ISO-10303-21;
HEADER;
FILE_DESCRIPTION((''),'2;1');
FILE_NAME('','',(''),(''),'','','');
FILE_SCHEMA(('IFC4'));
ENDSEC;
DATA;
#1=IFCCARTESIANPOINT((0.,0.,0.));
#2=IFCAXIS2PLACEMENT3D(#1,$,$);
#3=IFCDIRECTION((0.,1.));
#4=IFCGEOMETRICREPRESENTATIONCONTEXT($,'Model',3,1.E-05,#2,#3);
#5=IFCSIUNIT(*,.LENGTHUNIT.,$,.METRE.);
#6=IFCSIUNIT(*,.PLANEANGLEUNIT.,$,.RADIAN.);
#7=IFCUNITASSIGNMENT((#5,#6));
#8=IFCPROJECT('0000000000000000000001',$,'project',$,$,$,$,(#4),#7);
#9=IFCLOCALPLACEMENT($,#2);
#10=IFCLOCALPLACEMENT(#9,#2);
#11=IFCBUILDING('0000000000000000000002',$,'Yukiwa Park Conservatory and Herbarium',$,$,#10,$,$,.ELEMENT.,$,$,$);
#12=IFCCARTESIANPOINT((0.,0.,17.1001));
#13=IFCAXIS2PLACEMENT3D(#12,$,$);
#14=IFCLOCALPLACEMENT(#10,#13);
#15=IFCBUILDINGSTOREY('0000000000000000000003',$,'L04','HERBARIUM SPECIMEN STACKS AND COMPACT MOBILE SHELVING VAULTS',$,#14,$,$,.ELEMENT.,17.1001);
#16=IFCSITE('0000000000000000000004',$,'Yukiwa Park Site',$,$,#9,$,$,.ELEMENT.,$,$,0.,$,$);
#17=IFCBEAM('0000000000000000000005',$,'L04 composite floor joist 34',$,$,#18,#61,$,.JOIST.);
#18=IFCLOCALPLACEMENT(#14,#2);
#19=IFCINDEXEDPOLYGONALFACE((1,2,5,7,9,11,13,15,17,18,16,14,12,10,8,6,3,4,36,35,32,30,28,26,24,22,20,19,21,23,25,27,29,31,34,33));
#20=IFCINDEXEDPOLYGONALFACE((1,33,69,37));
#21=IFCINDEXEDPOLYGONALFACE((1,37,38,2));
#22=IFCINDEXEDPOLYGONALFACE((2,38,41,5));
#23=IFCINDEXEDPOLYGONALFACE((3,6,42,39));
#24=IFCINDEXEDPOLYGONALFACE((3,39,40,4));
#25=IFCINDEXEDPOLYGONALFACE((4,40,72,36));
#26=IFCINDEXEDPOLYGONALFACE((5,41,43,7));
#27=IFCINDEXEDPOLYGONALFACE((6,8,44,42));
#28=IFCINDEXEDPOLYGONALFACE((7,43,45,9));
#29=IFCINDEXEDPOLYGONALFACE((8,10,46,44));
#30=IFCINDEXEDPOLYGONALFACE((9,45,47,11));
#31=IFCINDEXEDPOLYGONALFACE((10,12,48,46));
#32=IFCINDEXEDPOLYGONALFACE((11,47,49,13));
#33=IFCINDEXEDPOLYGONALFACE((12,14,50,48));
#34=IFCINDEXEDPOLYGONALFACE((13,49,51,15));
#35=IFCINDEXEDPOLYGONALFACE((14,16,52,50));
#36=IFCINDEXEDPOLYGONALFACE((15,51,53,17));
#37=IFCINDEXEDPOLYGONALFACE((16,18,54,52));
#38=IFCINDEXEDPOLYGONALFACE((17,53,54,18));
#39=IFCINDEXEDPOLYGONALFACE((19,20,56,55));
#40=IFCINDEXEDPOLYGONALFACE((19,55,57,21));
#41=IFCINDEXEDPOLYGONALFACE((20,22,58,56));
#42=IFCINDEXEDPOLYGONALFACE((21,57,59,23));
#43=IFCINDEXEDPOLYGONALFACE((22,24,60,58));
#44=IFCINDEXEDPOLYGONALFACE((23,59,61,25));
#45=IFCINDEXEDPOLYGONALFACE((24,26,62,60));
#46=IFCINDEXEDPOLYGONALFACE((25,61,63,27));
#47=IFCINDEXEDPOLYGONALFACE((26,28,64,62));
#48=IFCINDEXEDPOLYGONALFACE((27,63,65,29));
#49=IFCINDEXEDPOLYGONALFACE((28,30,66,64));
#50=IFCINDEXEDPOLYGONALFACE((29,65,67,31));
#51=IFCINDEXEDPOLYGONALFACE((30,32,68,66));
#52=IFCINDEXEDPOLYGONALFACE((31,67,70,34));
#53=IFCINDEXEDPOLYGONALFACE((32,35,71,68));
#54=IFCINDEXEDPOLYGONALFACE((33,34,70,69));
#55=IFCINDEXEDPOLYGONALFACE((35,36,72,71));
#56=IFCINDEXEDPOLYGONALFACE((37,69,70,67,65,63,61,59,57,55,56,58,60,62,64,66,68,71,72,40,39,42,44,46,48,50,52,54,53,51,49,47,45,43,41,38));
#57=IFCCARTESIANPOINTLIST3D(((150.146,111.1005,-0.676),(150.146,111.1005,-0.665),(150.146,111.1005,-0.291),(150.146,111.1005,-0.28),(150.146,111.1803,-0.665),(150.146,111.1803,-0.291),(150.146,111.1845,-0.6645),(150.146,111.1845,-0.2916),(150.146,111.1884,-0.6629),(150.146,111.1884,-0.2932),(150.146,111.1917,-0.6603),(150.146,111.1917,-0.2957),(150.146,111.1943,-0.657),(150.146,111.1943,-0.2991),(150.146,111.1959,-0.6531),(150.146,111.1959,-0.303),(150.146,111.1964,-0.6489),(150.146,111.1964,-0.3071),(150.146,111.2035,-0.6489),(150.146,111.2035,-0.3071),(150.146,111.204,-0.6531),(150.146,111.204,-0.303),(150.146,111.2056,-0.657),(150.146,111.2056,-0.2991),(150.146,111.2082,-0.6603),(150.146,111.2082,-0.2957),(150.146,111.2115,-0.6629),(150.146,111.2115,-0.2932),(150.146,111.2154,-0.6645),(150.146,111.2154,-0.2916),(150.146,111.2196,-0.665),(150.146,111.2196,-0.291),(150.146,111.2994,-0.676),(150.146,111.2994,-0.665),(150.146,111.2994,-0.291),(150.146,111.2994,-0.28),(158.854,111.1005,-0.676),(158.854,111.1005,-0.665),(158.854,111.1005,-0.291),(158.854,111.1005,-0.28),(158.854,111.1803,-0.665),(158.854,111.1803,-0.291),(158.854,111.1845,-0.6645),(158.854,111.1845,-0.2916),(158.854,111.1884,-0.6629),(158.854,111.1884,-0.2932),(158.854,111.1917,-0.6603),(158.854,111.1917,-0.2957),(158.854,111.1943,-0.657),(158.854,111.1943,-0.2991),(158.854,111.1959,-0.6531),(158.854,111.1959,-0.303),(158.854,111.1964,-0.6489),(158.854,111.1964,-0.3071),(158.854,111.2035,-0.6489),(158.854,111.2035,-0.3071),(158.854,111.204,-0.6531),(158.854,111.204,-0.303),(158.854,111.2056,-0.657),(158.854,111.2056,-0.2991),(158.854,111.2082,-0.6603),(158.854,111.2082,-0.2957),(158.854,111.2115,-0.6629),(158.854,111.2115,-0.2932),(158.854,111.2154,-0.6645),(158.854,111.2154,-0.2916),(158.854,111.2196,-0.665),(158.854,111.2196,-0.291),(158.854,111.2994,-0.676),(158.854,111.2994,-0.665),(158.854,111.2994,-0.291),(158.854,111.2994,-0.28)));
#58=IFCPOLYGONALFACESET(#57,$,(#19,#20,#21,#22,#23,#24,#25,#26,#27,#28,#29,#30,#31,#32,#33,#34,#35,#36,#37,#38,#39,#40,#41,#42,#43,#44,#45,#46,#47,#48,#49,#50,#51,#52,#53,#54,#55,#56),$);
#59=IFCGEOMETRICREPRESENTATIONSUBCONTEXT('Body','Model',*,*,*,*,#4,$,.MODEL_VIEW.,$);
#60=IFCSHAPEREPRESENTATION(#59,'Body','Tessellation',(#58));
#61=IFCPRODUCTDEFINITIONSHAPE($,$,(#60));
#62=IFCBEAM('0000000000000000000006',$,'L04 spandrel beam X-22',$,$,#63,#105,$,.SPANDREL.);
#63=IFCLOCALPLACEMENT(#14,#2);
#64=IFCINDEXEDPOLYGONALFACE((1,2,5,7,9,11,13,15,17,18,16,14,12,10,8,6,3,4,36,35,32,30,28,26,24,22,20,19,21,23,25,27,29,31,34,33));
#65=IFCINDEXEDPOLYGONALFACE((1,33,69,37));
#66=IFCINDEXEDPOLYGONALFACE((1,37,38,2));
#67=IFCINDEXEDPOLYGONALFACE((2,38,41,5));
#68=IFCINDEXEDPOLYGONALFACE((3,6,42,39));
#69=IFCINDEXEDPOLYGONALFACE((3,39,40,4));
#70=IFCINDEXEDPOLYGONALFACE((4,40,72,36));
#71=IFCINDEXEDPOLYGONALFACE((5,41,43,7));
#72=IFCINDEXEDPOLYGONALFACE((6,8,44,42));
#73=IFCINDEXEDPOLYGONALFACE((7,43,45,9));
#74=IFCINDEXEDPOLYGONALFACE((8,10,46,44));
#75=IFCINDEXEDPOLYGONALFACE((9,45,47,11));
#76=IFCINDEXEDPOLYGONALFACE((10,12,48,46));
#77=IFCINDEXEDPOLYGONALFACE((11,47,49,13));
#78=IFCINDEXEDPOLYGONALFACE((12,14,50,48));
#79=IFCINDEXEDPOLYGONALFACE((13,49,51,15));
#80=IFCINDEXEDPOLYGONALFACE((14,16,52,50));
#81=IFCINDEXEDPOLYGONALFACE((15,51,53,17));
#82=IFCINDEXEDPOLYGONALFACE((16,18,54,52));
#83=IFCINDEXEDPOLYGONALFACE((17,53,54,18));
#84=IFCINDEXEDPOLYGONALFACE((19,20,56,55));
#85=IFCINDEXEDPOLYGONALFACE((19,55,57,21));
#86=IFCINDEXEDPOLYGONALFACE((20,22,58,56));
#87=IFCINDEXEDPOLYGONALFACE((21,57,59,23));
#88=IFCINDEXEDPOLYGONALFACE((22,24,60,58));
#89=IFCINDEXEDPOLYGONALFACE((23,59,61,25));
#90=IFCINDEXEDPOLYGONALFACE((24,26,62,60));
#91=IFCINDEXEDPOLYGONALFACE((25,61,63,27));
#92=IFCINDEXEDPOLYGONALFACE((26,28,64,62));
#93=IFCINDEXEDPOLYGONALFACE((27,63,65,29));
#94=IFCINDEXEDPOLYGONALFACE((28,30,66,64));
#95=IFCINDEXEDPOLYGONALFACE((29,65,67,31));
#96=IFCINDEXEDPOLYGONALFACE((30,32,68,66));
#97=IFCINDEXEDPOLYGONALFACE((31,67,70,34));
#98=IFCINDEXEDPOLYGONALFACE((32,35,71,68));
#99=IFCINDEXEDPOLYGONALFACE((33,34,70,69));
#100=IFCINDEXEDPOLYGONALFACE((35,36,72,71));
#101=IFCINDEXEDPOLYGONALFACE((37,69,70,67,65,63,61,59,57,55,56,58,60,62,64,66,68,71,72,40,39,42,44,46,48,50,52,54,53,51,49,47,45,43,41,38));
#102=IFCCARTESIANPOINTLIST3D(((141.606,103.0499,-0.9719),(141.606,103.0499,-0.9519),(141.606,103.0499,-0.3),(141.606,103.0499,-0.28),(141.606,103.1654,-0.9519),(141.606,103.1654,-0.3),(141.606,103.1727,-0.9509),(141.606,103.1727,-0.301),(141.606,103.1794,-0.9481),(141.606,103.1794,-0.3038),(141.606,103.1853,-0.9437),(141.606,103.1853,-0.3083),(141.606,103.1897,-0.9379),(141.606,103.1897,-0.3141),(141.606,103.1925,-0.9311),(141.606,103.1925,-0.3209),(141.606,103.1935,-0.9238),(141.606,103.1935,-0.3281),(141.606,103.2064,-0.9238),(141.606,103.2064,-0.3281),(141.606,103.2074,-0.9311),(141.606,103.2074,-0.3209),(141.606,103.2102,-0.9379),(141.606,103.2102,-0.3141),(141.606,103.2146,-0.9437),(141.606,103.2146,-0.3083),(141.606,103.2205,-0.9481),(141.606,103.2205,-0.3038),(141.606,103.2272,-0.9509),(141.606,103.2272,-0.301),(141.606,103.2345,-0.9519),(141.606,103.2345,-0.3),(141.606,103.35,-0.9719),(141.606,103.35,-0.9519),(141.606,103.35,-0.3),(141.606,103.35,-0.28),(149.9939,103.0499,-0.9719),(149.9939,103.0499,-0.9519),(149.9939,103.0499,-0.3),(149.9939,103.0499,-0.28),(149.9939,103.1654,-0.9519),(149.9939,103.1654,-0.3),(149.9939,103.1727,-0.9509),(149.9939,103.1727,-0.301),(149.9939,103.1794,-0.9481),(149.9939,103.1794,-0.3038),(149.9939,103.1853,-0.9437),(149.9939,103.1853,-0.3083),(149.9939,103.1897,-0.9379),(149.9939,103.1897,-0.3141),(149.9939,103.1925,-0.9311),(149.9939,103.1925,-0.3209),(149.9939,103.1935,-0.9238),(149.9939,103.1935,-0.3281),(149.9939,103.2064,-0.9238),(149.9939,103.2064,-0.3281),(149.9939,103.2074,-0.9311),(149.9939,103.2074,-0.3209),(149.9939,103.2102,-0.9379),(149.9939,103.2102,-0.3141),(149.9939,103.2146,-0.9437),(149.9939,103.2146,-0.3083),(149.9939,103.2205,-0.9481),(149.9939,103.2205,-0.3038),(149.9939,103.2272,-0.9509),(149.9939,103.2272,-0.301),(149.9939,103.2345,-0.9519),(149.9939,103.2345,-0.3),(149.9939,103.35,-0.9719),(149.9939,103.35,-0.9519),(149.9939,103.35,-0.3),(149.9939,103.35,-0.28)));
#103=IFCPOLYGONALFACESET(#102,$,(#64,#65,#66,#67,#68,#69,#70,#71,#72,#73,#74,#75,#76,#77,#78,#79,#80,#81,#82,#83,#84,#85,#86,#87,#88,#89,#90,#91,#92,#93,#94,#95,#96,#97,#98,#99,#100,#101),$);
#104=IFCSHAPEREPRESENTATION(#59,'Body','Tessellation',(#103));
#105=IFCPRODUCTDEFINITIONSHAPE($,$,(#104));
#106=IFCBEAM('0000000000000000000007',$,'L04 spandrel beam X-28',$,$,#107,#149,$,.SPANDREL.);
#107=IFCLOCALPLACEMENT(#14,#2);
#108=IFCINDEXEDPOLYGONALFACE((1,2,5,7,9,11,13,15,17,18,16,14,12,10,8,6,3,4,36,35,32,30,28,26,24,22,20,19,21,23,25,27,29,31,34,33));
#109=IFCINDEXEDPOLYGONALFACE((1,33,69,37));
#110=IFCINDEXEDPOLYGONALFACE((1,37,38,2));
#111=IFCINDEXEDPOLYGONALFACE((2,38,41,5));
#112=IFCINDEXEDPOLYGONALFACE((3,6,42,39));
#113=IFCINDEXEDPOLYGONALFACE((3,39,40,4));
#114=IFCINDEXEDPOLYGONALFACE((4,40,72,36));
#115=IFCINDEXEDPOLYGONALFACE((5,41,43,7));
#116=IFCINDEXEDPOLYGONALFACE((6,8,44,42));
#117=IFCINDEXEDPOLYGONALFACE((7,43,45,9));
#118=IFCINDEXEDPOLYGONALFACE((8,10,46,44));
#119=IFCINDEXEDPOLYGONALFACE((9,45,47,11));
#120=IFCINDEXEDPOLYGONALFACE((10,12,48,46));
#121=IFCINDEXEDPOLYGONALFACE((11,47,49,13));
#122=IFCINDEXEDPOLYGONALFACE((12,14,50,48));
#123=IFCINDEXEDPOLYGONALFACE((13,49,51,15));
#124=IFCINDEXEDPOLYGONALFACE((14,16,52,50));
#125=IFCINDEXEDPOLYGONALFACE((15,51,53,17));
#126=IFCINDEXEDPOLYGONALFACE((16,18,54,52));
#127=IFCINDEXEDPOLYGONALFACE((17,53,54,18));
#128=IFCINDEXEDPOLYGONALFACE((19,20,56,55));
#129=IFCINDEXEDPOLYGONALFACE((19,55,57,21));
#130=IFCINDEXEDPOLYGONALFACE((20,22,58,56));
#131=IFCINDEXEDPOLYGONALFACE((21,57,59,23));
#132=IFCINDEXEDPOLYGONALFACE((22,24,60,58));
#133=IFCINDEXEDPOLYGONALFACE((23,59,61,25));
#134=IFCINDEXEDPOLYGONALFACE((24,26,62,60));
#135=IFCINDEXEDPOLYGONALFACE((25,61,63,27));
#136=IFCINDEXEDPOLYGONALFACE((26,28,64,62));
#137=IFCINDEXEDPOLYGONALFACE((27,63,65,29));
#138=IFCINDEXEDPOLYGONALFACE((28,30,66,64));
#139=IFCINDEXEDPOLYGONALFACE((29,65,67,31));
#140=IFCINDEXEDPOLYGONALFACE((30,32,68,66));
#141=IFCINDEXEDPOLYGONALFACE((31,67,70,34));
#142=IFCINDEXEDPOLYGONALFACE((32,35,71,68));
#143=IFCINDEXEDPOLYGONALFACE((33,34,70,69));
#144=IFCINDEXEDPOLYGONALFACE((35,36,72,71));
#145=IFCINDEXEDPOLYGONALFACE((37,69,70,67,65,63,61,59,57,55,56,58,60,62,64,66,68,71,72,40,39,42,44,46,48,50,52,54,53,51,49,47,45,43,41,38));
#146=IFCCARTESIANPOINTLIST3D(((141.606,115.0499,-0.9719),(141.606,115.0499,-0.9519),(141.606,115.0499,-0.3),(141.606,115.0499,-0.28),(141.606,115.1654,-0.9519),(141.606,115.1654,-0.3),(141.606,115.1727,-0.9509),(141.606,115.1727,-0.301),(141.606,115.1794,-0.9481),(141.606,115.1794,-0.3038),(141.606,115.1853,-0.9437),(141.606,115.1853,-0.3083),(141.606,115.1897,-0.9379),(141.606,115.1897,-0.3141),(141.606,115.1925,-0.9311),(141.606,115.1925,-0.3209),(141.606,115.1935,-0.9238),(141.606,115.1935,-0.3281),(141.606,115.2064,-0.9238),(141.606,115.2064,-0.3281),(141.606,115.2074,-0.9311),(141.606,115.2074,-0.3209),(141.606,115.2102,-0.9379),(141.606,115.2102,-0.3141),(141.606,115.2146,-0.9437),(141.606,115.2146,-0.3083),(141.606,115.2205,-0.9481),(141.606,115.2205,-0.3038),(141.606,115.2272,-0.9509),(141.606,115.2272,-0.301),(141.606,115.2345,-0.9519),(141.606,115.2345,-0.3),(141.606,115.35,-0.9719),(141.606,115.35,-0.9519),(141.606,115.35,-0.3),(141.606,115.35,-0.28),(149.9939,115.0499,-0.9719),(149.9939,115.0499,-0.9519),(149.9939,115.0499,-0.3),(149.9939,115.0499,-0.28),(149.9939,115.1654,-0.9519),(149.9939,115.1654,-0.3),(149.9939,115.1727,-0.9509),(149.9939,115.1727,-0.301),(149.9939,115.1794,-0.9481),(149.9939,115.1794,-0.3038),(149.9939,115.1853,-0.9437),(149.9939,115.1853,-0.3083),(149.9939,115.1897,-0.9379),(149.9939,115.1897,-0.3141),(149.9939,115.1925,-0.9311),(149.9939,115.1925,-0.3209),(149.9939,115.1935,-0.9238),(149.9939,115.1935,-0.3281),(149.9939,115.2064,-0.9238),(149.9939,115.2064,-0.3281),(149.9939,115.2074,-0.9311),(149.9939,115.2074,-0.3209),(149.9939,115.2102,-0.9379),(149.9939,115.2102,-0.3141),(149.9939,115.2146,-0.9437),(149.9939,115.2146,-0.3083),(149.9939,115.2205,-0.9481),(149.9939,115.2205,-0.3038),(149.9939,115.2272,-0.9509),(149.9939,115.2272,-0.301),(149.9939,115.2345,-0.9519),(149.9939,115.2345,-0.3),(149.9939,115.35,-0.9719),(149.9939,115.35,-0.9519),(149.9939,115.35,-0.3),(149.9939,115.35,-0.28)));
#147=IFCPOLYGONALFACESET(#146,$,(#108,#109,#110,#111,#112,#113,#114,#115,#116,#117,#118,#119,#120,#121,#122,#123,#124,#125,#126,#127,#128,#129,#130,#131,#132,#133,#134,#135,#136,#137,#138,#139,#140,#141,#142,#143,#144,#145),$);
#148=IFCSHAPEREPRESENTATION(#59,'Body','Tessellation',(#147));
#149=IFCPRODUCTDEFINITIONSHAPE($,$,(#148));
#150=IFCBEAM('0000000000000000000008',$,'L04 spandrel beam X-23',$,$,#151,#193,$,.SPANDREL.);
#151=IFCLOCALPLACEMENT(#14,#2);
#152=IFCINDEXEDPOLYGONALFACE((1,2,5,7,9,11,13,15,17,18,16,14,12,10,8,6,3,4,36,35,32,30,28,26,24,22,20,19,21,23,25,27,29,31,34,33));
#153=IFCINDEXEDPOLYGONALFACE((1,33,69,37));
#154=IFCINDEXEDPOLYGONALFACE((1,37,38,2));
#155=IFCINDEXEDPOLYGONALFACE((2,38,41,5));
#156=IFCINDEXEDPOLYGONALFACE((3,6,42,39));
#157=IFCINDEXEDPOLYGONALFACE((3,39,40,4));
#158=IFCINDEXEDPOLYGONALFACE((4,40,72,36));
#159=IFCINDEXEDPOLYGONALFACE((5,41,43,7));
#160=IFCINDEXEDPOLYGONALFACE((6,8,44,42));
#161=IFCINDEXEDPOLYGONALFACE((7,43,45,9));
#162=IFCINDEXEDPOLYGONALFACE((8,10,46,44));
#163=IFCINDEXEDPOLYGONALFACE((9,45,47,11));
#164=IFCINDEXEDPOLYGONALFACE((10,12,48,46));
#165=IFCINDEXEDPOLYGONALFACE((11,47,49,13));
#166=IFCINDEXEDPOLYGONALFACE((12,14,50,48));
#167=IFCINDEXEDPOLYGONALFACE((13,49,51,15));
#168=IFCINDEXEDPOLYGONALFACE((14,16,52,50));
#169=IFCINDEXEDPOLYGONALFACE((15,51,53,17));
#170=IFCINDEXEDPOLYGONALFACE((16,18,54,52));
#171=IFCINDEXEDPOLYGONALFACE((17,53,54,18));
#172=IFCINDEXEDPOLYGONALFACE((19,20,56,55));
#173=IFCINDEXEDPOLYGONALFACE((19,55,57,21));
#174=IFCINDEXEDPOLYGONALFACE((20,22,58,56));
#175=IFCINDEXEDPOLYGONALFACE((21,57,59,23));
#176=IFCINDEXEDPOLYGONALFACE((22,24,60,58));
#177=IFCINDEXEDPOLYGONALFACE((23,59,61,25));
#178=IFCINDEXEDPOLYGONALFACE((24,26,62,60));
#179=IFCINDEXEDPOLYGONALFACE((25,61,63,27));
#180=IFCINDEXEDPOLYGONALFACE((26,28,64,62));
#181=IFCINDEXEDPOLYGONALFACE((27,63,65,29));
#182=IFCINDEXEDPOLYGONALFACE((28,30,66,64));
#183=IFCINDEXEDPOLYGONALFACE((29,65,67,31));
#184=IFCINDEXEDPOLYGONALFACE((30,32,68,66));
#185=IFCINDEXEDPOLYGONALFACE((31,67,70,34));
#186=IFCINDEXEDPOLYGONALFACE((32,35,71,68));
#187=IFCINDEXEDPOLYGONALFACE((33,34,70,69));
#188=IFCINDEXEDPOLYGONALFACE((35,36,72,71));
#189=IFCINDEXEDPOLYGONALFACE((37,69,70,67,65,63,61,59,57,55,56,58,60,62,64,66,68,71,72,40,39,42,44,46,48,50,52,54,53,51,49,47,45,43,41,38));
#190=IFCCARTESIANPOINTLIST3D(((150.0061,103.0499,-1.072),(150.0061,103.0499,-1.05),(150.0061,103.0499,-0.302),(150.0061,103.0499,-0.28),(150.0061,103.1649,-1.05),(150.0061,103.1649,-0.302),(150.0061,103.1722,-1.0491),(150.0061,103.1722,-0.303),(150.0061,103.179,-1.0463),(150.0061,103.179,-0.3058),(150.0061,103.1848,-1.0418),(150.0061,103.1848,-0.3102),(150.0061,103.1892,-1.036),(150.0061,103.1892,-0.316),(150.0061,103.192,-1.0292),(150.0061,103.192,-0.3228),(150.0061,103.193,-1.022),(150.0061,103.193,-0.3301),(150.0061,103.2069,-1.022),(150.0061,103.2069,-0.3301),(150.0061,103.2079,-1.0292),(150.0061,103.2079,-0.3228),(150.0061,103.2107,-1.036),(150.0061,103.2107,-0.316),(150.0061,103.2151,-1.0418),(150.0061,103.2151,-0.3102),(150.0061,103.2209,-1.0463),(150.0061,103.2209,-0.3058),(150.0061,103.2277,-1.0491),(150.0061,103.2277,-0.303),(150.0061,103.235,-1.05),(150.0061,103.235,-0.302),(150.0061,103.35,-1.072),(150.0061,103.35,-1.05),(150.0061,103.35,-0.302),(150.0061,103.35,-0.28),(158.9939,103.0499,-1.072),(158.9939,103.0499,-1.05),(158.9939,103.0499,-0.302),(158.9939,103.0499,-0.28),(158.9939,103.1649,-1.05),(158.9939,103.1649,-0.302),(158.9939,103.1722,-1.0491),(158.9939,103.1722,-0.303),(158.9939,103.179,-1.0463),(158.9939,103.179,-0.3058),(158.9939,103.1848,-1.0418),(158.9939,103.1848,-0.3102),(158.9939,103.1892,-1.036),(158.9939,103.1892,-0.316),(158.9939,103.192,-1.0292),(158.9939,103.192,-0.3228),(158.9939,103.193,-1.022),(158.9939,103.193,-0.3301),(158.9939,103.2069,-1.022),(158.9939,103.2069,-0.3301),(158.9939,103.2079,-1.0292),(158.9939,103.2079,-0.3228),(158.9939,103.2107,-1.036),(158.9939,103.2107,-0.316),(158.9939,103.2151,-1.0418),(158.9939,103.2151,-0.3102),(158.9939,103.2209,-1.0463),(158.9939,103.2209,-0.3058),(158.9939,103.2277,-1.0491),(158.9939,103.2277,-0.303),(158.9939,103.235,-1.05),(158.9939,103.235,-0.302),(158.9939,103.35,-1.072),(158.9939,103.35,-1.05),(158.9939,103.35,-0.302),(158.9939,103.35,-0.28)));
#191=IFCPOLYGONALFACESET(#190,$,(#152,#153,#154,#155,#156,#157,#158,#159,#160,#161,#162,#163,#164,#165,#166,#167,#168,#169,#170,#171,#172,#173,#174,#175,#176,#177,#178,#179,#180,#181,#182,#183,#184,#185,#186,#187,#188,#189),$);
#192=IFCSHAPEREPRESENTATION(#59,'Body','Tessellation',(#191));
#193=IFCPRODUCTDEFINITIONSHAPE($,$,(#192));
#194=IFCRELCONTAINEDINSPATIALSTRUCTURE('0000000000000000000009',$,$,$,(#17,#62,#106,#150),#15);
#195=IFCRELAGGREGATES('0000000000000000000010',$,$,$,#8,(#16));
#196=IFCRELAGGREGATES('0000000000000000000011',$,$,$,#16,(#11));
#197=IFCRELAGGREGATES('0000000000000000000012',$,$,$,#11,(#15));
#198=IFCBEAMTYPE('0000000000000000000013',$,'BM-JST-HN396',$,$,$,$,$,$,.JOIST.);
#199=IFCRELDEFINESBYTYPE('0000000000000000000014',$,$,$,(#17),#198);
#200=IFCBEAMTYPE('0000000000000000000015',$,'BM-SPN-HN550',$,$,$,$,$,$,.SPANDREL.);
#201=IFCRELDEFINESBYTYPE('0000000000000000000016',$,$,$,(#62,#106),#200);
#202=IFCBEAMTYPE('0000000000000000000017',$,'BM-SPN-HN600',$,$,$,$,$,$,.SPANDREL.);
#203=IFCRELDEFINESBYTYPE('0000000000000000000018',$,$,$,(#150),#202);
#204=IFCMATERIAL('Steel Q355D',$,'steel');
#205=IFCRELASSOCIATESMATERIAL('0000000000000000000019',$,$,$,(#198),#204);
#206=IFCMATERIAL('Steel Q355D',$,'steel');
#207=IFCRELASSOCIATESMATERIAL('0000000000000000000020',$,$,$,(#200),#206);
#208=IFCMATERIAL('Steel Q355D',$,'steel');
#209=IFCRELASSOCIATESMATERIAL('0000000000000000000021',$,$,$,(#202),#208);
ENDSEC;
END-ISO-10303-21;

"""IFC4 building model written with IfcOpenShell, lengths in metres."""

from ifc_helpers import new_model, si_unit, direction, frame, origin, origin_2d, place, context, subcontext, project, spatial, i_section, extrude, material, material_profile, profile_set, type_object, element, save


model = new_model("IFC4")

# Units and contexts
model_context = context("Model", 3, precision=1e-05, world=origin(), true_north=direction((0.0, 1.0)))
body_context = subcontext(model_context, "Body", "Model", "MODEL_VIEW")
ifc_project = project(units=[si_unit("LENGTHUNIT", "METRE"), si_unit("PLANEANGLEUNIT", "RADIAN")], contexts=[model_context])

# Site, building, storey
site_placement = place(None, origin())
site = spatial("IfcSite", under=ifc_project, at=site_placement, Name="Yukiwa Park Site", CompositionType="ELEMENT", RefElevation=0.0)
building_placement = place(site_placement, origin())
building = spatial("IfcBuilding", under=site, at=building_placement, Name="Yukiwa Park Conservatory and Herbarium", CompositionType="ELEMENT")
storey_placement = place(building_placement, frame((0.0, 0.0, 17.1001)))
storey = spatial("IfcBuildingStorey", under=building, at=storey_placement, Name="L04", Description="HERBARIUM SPECIMEN STACKS AND COMPACT MOBILE SHELVING VAULTS", CompositionType="ELEMENT", Elevation=17.1001)

# Beams
ifc_material_1 = material(Name="Steel Q355D", Category="steel")
ifc_material_profile_1 = material_profile(ifc_material_1, i_section(OverallWidth=0.199, OverallDepth=0.396, WebThickness=0.0071, FlangeThickness=0.011, FilletRadius=0.0161, at=origin_2d()), Name="HN 396x199x7x11")
ifc_profile_set_1 = profile_set([ifc_material_profile_1], Name="Steel Q355D")
beam_type_1 = type_object("IfcBeamType", Name="BM-JST-HN396", PredefinedType="JOIST", material=ifc_profile_set_1)
for number, where, z_axis, x_axis, name in (
    (1, (150.146, 111.2, -0.478), (1.0, 0.0, 0.0), (0.0, 1.0, 0.0), "L04 composite floor joist 34"),
):
    element("IfcBeam", number, at=place(storey_placement, frame(where, z_axis=z_axis, x_axis=x_axis)), inside=storey, type_object=beam_type_1, Name=name, PredefinedType="JOIST", context=body_context, shape_type="SweptSolid", body=[
        extrude(i_section(OverallWidth=0.199, OverallDepth=0.396, WebThickness=0.0071, FlangeThickness=0.011, FilletRadius=0.0161, at=origin_2d()), origin(), (0.0, 0.0, 1.0), 8.708),
    ])
ifc_material_2 = material(Name="Steel Q355D", Category="steel")
ifc_material_profile_2 = material_profile(ifc_material_2, i_section(OverallWidth=0.3, OverallDepth=0.6919, WebThickness=0.0129, FlangeThickness=0.02, FilletRadius=0.0281, at=origin_2d()), Name="HN 692x300x13x20")
ifc_profile_set_2 = profile_set([ifc_material_profile_2], Name="Steel Q355D")
beam_type_2 = type_object("IfcBeamType", Name="BM-SPN-HN550", PredefinedType="SPANDREL", material=ifc_profile_set_2)
for number, where, z_axis, x_axis, name in (
    (2, (141.606, 103.2, -0.626), (1.0, 0.0, 0.0), (0.0, 1.0, 0.0), "L04 spandrel beam X-22"),
    (3, (141.606, 115.2, -0.626), (1.0, 0.0, 0.0), (0.0, 1.0, 0.0), "L04 spandrel beam X-28"),
):
    element("IfcBeam", number, at=place(storey_placement, frame(where, z_axis=z_axis, x_axis=x_axis)), inside=storey, type_object=beam_type_2, Name=name, PredefinedType="SPANDREL", context=body_context, shape_type="SweptSolid", body=[
        extrude(i_section(OverallWidth=0.3, OverallDepth=0.6919, WebThickness=0.0129, FlangeThickness=0.02, FilletRadius=0.0281, at=origin_2d()), origin(), (0.0, 0.0, 1.0), 8.3879),
    ])
ifc_material_3 = material(Name="Steel Q355D", Category="steel")
ifc_material_profile_3 = material_profile(ifc_material_3, i_section(OverallWidth=0.3, OverallDepth=0.792, WebThickness=0.0139, FlangeThickness=0.022, FilletRadius=0.0281, at=origin_2d()), Name="HN 792x300x14x22")
ifc_profile_set_3 = profile_set([ifc_material_profile_3], Name="Steel Q355D")
beam_type_3 = type_object("IfcBeamType", Name="BM-SPN-HN600", PredefinedType="SPANDREL", material=ifc_profile_set_3)
for number, where, z_axis, x_axis, name in (
    (4, (150.0061, 103.2, -0.676), (1.0, 0.0, 0.0), (0.0, 1.0, 0.0), "L04 spandrel beam X-23"),
):
    element("IfcBeam", number, at=place(storey_placement, frame(where, z_axis=z_axis, x_axis=x_axis)), inside=storey, type_object=beam_type_3, Name=name, PredefinedType="SPANDREL", context=body_context, shape_type="SweptSolid", body=[
        extrude(i_section(OverallWidth=0.3, OverallDepth=0.792, WebThickness=0.0139, FlangeThickness=0.022, FilletRadius=0.0281, at=origin_2d()), origin(), (0.0, 0.0, 1.0), 8.9878),
    ])

save(model, "model.ifc")
